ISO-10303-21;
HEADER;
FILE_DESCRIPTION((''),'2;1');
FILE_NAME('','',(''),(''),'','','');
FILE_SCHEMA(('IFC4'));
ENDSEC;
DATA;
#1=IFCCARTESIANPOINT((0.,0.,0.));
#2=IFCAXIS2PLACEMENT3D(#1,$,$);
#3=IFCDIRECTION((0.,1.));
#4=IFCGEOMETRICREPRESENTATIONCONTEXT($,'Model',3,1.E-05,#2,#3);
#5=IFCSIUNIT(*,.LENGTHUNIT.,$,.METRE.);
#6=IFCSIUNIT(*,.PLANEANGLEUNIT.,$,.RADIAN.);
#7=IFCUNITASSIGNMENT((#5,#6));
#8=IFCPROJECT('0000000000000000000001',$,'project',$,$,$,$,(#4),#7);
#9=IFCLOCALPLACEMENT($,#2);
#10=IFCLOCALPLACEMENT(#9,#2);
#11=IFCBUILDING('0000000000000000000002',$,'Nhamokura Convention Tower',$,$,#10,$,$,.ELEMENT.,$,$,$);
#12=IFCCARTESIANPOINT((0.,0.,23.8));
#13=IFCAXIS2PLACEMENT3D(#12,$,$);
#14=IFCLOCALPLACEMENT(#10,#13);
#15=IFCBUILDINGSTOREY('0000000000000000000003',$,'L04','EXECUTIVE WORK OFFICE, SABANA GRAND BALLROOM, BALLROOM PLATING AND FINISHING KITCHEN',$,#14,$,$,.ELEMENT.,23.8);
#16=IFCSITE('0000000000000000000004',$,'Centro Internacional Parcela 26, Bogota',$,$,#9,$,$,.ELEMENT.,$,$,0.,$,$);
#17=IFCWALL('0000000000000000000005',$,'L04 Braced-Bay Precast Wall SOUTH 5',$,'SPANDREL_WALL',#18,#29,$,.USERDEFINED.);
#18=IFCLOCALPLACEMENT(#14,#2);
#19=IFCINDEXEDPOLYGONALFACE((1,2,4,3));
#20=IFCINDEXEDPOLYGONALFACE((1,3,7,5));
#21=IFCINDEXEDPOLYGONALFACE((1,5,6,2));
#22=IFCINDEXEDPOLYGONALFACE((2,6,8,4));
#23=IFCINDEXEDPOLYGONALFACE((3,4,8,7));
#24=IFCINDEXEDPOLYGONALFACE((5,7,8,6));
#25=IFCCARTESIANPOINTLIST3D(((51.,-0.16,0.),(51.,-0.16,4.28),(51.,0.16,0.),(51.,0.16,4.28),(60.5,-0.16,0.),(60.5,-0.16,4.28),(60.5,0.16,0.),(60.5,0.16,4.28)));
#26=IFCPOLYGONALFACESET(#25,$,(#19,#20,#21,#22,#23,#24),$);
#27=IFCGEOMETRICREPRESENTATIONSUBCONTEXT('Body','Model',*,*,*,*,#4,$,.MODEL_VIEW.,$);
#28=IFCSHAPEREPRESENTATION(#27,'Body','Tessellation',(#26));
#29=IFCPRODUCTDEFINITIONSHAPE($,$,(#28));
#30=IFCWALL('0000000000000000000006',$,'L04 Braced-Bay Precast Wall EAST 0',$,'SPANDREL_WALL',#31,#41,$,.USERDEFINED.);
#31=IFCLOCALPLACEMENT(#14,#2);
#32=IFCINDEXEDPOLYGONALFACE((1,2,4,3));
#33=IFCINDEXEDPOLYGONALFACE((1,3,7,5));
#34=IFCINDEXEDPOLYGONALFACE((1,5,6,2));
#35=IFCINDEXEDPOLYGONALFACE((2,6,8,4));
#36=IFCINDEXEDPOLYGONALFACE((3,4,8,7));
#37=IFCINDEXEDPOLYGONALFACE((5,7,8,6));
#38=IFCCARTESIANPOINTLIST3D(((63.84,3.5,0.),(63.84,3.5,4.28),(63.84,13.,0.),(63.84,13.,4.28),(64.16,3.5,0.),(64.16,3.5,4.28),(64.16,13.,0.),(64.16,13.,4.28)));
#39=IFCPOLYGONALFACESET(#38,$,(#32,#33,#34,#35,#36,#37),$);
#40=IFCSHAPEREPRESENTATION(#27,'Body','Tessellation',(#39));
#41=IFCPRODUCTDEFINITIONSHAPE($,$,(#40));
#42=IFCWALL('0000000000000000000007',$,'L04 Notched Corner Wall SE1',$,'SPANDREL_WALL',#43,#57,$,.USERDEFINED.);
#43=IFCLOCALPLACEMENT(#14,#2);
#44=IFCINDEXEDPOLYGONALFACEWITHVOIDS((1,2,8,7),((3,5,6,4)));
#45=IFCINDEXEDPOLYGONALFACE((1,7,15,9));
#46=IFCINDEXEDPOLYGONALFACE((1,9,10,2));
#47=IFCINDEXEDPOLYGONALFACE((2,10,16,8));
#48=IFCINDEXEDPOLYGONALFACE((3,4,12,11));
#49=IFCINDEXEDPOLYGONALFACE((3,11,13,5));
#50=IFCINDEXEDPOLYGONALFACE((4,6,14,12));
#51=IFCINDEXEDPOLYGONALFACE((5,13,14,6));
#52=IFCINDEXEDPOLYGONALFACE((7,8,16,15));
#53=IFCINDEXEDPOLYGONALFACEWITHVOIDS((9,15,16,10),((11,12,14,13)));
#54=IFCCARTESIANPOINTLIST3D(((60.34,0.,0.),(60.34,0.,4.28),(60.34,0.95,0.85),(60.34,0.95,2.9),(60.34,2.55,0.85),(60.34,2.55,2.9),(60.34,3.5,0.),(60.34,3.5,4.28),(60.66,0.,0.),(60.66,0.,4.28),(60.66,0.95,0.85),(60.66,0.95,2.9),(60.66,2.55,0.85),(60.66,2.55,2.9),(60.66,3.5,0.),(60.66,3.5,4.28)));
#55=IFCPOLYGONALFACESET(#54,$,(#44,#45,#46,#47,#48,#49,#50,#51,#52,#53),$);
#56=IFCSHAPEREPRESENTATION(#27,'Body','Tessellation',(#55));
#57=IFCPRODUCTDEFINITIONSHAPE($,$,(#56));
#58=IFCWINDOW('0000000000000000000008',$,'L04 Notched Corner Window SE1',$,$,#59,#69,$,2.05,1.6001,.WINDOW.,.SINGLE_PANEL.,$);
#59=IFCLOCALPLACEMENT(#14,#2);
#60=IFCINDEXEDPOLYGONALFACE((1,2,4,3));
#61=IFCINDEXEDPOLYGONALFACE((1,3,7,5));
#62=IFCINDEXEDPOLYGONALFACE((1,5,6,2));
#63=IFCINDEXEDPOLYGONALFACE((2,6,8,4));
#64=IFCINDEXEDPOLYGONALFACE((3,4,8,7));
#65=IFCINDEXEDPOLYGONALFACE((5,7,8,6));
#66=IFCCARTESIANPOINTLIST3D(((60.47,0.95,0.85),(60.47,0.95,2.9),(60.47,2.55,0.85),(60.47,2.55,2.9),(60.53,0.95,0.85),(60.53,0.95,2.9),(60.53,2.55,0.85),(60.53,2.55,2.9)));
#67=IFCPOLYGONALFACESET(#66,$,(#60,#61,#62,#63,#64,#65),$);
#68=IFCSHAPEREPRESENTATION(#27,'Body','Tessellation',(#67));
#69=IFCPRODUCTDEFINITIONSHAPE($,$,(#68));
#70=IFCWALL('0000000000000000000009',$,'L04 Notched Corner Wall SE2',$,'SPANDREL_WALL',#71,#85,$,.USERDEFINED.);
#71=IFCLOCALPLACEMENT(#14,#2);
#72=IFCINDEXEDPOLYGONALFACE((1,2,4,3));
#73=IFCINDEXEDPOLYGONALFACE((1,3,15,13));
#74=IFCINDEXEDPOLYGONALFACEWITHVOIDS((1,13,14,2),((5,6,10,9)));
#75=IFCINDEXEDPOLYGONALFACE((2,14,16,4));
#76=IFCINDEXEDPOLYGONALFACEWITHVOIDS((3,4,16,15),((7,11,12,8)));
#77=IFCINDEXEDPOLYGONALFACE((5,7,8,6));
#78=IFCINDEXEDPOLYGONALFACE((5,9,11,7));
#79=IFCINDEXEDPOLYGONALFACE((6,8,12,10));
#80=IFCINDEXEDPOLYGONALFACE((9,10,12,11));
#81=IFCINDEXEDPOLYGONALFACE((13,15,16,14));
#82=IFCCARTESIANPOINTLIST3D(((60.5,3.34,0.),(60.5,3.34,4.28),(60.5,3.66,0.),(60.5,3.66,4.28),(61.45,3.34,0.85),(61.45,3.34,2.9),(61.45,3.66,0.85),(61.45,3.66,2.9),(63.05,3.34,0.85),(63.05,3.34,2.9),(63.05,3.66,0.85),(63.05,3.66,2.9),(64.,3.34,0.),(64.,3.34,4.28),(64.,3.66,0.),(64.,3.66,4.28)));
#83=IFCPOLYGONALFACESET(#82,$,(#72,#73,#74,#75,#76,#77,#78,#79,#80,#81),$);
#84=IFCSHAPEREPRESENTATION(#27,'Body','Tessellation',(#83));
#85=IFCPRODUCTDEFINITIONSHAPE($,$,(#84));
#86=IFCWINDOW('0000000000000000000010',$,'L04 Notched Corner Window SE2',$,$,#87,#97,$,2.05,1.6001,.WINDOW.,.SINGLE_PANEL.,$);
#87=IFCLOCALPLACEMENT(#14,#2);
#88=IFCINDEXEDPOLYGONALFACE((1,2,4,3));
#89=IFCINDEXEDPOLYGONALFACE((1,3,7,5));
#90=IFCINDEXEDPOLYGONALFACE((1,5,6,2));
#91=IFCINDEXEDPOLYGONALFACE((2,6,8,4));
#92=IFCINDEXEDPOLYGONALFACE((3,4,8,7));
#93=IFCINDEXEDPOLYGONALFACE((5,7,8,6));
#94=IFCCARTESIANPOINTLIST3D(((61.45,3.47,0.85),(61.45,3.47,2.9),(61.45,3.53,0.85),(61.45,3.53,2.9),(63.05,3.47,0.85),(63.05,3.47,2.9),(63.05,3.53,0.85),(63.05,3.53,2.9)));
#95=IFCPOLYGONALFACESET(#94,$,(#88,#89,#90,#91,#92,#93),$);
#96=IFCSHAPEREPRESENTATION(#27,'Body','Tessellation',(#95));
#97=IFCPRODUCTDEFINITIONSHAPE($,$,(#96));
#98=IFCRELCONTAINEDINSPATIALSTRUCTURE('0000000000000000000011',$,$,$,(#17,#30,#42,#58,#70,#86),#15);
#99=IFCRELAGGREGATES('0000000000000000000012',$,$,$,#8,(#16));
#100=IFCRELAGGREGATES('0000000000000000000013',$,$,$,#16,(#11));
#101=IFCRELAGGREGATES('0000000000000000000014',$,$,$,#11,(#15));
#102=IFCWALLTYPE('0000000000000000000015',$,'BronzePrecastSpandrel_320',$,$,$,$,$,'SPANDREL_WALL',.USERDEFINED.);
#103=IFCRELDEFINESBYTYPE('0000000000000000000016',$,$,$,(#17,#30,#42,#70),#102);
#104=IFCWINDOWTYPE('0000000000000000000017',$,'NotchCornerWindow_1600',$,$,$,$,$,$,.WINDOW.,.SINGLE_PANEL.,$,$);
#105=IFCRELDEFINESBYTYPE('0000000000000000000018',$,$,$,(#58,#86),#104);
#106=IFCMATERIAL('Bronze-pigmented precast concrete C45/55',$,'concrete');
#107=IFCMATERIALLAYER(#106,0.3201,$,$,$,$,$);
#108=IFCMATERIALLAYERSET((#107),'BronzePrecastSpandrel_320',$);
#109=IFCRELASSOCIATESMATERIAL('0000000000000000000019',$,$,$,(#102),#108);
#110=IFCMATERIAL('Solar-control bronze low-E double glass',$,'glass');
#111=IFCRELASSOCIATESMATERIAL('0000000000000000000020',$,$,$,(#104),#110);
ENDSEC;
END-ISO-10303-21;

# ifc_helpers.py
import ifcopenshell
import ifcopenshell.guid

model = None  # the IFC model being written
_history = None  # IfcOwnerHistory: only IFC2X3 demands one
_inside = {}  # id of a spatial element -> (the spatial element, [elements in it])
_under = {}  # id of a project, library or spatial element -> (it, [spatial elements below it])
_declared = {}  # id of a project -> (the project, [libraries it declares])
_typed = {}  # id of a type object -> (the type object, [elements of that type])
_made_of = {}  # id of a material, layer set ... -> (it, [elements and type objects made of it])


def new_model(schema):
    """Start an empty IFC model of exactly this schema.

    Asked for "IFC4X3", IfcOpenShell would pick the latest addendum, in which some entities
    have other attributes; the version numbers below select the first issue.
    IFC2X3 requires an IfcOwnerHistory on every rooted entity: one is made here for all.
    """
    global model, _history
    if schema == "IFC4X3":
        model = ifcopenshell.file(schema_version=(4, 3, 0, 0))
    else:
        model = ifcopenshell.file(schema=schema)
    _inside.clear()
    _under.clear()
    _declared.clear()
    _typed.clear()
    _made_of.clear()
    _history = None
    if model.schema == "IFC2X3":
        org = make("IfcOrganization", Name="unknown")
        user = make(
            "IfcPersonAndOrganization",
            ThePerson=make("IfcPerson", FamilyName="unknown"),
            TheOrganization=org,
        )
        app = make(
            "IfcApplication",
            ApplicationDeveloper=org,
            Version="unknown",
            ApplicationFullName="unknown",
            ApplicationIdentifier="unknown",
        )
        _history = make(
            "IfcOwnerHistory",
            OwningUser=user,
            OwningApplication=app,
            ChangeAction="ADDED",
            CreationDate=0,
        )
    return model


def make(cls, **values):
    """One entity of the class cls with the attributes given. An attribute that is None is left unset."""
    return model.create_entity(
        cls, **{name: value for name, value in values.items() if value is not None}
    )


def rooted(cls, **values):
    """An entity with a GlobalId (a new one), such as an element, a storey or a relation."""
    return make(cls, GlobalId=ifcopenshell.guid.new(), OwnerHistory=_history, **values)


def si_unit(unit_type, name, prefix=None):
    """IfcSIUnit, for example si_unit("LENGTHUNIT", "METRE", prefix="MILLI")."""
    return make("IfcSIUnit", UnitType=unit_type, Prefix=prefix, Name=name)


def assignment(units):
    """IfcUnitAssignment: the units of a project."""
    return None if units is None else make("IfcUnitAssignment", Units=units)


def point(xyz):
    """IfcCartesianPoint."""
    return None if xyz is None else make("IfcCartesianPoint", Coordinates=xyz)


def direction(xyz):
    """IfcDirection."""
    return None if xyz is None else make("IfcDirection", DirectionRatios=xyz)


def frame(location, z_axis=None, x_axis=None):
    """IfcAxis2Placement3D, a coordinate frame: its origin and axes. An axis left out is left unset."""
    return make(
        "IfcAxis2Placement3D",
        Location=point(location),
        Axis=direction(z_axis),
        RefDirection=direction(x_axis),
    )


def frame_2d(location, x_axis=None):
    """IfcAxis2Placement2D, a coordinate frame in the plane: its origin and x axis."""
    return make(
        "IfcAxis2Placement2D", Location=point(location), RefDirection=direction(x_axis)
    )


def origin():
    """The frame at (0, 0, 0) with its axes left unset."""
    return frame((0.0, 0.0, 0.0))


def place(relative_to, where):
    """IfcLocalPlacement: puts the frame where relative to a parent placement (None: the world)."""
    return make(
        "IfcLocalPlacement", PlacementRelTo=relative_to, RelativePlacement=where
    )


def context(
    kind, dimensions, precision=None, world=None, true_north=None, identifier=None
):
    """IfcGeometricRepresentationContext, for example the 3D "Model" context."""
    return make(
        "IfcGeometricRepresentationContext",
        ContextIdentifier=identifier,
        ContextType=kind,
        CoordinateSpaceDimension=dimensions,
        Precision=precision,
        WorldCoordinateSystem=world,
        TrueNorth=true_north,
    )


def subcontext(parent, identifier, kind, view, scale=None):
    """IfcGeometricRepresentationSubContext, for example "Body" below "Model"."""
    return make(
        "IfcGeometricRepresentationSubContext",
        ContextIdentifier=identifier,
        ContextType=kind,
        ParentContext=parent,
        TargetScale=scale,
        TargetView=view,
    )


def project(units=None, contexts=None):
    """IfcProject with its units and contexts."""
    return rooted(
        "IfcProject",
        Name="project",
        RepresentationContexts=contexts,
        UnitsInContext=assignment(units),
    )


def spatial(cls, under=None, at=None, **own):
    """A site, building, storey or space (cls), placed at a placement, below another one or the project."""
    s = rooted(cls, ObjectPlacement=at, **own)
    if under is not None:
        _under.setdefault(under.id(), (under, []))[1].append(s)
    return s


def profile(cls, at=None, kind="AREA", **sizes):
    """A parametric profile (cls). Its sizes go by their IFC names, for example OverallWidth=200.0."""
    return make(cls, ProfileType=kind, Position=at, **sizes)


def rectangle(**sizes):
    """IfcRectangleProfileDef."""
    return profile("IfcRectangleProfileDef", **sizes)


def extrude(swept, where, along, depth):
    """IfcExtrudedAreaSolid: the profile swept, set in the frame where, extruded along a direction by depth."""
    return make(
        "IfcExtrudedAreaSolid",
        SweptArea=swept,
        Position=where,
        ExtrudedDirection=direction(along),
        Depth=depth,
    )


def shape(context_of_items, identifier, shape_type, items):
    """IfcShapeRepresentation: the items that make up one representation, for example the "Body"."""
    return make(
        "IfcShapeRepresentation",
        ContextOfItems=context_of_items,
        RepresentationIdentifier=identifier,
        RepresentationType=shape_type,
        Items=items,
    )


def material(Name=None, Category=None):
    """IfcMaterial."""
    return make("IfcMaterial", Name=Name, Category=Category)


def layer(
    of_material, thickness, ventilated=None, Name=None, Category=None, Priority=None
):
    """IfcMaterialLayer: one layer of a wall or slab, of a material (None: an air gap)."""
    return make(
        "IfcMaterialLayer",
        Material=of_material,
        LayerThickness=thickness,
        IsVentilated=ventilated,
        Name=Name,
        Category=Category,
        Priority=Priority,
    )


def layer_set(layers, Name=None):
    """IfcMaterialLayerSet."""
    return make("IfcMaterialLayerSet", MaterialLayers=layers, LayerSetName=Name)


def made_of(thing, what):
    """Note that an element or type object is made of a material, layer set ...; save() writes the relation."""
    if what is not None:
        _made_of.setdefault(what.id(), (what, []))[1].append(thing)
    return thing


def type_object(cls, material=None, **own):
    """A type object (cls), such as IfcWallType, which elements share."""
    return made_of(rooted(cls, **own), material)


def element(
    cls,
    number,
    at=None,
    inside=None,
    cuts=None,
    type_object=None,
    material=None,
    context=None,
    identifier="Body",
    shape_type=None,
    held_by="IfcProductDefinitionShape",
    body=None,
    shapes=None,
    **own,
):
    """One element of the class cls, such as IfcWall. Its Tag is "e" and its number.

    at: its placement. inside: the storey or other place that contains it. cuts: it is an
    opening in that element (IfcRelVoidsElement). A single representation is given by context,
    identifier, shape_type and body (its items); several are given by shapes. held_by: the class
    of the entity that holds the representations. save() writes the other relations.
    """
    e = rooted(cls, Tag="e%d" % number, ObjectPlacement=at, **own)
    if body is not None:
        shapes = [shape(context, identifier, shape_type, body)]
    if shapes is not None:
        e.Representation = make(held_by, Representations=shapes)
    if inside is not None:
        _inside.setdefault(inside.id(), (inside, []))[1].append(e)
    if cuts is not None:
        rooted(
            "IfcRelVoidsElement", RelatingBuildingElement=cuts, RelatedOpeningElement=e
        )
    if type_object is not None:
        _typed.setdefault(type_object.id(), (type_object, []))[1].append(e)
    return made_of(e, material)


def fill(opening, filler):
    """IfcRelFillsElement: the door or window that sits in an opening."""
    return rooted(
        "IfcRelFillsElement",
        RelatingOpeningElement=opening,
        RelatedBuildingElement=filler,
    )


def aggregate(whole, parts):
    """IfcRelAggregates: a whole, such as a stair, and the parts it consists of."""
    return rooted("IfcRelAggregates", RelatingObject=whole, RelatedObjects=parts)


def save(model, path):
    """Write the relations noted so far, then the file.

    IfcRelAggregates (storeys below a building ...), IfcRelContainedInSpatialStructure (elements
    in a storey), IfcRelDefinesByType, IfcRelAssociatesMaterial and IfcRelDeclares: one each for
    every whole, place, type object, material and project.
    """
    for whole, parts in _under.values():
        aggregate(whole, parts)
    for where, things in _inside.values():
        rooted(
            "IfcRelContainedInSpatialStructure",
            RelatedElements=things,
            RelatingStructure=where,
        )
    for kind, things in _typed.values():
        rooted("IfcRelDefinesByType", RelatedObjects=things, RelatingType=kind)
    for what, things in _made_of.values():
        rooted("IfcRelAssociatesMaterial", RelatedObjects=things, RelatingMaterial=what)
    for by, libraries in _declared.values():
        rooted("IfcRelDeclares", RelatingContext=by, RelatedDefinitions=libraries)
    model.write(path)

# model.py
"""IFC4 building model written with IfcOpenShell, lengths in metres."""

from ifc_helpers import new_model, si_unit, direction, frame, frame_2d, origin, place, context, subcontext, project, spatial, rectangle, extrude, material, layer, layer_set, type_object, element, fill, save


model = new_model("IFC4")

# Units and contexts
model_context = context("Model", 3, precision=1e-05, world=origin(), true_north=direction((0.0, 1.0)))
body_context = subcontext(model_context, "Body", "Model", "MODEL_VIEW")
ifc_project = project(units=[si_unit("LENGTHUNIT", "METRE"), si_unit("PLANEANGLEUNIT", "RADIAN")], contexts=[model_context])

# Site, building, storey
site_placement = place(None, origin())
site = spatial("IfcSite", under=ifc_project, at=site_placement, Name="Centro Internacional Parcela 26, Bogota", CompositionType="ELEMENT", RefElevation=0.0)
building_placement = place(site_placement, origin())
building = spatial("IfcBuilding", under=site, at=building_placement, Name="Nhamokura Convention Tower", CompositionType="ELEMENT")
storey_placement = place(building_placement, frame((0.0, 0.0, 23.8)))
storey = spatial("IfcBuildingStorey", under=building, at=storey_placement, Name="L04", Description="EXECUTIVE WORK OFFICE, SABANA GRAND BALLROOM, BALLROOM PLATING AND FINISHING KITCHEN", CompositionType="ELEMENT", Elevation=23.8)

# Shared definitions
ifc_material_1 = material(Name="Bronze-pigmented precast concrete C45/55", Category="concrete")
ifc_layer = layer(ifc_material_1, 0.3201)
ifc_layer_set = layer_set([ifc_layer], Name="BronzePrecastSpandrel_320")
wall_type = type_object("IfcWallType", Name="BronzePrecastSpandrel_320", ElementType="SPANDREL_WALL", PredefinedType="USERDEFINED", material=ifc_layer_set)

# Walls
for number, where, z_axis, x_axis, name in (
    (1, (60.5, 0.0, 0.0), (0.0, 0.0, 1.0), (-1.0, 0.0, 0.0), "L04 Braced-Bay Precast Wall SOUTH 5"),
    (2, (64.0, 13.0, 0.0), (0.0, 0.0, 1.0), (0.0, -1.0, 0.0), "L04 Braced-Bay Precast Wall EAST 0"),
):
    element("IfcWall", number, at=place(storey_placement, frame(where, z_axis=z_axis, x_axis=x_axis)), inside=storey, type_object=wall_type, Name=name, ObjectType="SPANDREL_WALL", PredefinedType="USERDEFINED", context=body_context, shape_type="SweptSolid", body=[
        extrude(rectangle(XDim=9.5, YDim=0.3201, at=frame_2d((4.75, 0.0))), origin(), (0.0, 0.0, 1.0), 4.28),
    ])

# Walls, openings, windows
wall_1_placement = place(storey_placement, frame((60.5, 3.5, 0.0), z_axis=(0.0, 0.0, 1.0), x_axis=(0.0, -1.0, 0.0)))
wall_1 = element("IfcWall", 3, at=wall_1_placement, inside=storey, type_object=wall_type, Name="L04 Notched Corner Wall SE1", ObjectType="SPANDREL_WALL", PredefinedType="USERDEFINED", context=body_context, shape_type="SweptSolid", body=[
    extrude(rectangle(XDim=3.5, YDim=0.3201, at=frame_2d((1.75, 0.0))), origin(), (0.0, 0.0, 1.0), 4.28),
])
opening_1_placement = place(wall_1_placement, frame((0.95, 0.0, 0.8501)))
opening_1 = element("IfcOpeningElement", 4, at=opening_1_placement, cuts=wall_1, PredefinedType="OPENING", context=body_context, shape_type="SweptSolid", body=[
    extrude(rectangle(XDim=1.6001, YDim=2.05, at=frame_2d((0.8, 1.0249))), frame((0.0, 0.1699, 0.0), z_axis=(0.0, -1.0, 0.0), x_axis=(1.0, 0.0, 0.0)), (0.0, 0.0, 1.0), 0.3401),
])
ifc_material_2 = material(Name="Solar-control bronze low-E double glass", Category="glass")
window_type_1 = type_object("IfcWindowType", Name="NotchCornerWindow_1600", PartitioningType="SINGLE_PANEL", PredefinedType="WINDOW", material=ifc_material_2)
window_1_placement = place(opening_1_placement, origin())
window_1 = element("IfcWindow", 5, at=window_1_placement, inside=storey, type_object=window_type_1, Name="L04 Notched Corner Window SE1", OverallHeight=2.05, OverallWidth=1.6001, PartitioningType="SINGLE_PANEL", PredefinedType="WINDOW", context=body_context, shape_type="SweptSolid", body=[
    extrude(rectangle(XDim=1.6001, YDim=2.05, at=frame_2d((0.8, 1.0249))), frame((0.0, 0.03, 0.0), z_axis=(0.0, -1.0, 0.0), x_axis=(1.0, 0.0, 0.0)), (0.0, 0.0, 1.0), 0.0601),
])
fill(opening_1, window_1)
wall_2_placement = place(storey_placement, frame((64.0, 3.5, 0.0), z_axis=(0.0, 0.0, 1.0), x_axis=(-1.0, 0.0, 0.0)))
wall_2 = element("IfcWall", 6, at=wall_2_placement, inside=storey, type_object=wall_type, Name="L04 Notched Corner Wall SE2", ObjectType="SPANDREL_WALL", PredefinedType="USERDEFINED", context=body_context, shape_type="SweptSolid", body=[
    extrude(rectangle(XDim=3.5, YDim=0.3201, at=frame_2d((1.75, 0.0))), origin(), (0.0, 0.0, 1.0), 4.28),
])
opening_2_placement = place(wall_2_placement, frame((0.95, 0.0, 0.8501)))
opening_2 = element("IfcOpeningElement", 7, at=opening_2_placement, cuts=wall_2, PredefinedType="OPENING", context=body_context, shape_type="SweptSolid", body=[
    extrude(rectangle(XDim=1.6001, YDim=2.05, at=frame_2d((0.8, 1.0249))), frame((0.0, 0.1699, 0.0), z_axis=(0.0, -1.0, 0.0), x_axis=(1.0, 0.0, 0.0)), (0.0, 0.0, 1.0), 0.3401),
])
window_2_placement = place(opening_2_placement, origin())
window_2 = element("IfcWindow", 8, at=window_2_placement, inside=storey, type_object=window_type_1, Name="L04 Notched Corner Window SE2", OverallHeight=2.05, OverallWidth=1.6001, PartitioningType="SINGLE_PANEL", PredefinedType="WINDOW", context=body_context, shape_type="SweptSolid", body=[
    extrude(rectangle(XDim=1.6001, YDim=2.05, at=frame_2d((0.8, 1.0249))), frame((0.0, 0.03, 0.0), z_axis=(0.0, -1.0, 0.0), x_axis=(1.0, 0.0, 0.0)), (0.0, 0.0, 1.0), 0.0601),
])
fill(opening_2, window_2)

save(model, "model.ifc")
